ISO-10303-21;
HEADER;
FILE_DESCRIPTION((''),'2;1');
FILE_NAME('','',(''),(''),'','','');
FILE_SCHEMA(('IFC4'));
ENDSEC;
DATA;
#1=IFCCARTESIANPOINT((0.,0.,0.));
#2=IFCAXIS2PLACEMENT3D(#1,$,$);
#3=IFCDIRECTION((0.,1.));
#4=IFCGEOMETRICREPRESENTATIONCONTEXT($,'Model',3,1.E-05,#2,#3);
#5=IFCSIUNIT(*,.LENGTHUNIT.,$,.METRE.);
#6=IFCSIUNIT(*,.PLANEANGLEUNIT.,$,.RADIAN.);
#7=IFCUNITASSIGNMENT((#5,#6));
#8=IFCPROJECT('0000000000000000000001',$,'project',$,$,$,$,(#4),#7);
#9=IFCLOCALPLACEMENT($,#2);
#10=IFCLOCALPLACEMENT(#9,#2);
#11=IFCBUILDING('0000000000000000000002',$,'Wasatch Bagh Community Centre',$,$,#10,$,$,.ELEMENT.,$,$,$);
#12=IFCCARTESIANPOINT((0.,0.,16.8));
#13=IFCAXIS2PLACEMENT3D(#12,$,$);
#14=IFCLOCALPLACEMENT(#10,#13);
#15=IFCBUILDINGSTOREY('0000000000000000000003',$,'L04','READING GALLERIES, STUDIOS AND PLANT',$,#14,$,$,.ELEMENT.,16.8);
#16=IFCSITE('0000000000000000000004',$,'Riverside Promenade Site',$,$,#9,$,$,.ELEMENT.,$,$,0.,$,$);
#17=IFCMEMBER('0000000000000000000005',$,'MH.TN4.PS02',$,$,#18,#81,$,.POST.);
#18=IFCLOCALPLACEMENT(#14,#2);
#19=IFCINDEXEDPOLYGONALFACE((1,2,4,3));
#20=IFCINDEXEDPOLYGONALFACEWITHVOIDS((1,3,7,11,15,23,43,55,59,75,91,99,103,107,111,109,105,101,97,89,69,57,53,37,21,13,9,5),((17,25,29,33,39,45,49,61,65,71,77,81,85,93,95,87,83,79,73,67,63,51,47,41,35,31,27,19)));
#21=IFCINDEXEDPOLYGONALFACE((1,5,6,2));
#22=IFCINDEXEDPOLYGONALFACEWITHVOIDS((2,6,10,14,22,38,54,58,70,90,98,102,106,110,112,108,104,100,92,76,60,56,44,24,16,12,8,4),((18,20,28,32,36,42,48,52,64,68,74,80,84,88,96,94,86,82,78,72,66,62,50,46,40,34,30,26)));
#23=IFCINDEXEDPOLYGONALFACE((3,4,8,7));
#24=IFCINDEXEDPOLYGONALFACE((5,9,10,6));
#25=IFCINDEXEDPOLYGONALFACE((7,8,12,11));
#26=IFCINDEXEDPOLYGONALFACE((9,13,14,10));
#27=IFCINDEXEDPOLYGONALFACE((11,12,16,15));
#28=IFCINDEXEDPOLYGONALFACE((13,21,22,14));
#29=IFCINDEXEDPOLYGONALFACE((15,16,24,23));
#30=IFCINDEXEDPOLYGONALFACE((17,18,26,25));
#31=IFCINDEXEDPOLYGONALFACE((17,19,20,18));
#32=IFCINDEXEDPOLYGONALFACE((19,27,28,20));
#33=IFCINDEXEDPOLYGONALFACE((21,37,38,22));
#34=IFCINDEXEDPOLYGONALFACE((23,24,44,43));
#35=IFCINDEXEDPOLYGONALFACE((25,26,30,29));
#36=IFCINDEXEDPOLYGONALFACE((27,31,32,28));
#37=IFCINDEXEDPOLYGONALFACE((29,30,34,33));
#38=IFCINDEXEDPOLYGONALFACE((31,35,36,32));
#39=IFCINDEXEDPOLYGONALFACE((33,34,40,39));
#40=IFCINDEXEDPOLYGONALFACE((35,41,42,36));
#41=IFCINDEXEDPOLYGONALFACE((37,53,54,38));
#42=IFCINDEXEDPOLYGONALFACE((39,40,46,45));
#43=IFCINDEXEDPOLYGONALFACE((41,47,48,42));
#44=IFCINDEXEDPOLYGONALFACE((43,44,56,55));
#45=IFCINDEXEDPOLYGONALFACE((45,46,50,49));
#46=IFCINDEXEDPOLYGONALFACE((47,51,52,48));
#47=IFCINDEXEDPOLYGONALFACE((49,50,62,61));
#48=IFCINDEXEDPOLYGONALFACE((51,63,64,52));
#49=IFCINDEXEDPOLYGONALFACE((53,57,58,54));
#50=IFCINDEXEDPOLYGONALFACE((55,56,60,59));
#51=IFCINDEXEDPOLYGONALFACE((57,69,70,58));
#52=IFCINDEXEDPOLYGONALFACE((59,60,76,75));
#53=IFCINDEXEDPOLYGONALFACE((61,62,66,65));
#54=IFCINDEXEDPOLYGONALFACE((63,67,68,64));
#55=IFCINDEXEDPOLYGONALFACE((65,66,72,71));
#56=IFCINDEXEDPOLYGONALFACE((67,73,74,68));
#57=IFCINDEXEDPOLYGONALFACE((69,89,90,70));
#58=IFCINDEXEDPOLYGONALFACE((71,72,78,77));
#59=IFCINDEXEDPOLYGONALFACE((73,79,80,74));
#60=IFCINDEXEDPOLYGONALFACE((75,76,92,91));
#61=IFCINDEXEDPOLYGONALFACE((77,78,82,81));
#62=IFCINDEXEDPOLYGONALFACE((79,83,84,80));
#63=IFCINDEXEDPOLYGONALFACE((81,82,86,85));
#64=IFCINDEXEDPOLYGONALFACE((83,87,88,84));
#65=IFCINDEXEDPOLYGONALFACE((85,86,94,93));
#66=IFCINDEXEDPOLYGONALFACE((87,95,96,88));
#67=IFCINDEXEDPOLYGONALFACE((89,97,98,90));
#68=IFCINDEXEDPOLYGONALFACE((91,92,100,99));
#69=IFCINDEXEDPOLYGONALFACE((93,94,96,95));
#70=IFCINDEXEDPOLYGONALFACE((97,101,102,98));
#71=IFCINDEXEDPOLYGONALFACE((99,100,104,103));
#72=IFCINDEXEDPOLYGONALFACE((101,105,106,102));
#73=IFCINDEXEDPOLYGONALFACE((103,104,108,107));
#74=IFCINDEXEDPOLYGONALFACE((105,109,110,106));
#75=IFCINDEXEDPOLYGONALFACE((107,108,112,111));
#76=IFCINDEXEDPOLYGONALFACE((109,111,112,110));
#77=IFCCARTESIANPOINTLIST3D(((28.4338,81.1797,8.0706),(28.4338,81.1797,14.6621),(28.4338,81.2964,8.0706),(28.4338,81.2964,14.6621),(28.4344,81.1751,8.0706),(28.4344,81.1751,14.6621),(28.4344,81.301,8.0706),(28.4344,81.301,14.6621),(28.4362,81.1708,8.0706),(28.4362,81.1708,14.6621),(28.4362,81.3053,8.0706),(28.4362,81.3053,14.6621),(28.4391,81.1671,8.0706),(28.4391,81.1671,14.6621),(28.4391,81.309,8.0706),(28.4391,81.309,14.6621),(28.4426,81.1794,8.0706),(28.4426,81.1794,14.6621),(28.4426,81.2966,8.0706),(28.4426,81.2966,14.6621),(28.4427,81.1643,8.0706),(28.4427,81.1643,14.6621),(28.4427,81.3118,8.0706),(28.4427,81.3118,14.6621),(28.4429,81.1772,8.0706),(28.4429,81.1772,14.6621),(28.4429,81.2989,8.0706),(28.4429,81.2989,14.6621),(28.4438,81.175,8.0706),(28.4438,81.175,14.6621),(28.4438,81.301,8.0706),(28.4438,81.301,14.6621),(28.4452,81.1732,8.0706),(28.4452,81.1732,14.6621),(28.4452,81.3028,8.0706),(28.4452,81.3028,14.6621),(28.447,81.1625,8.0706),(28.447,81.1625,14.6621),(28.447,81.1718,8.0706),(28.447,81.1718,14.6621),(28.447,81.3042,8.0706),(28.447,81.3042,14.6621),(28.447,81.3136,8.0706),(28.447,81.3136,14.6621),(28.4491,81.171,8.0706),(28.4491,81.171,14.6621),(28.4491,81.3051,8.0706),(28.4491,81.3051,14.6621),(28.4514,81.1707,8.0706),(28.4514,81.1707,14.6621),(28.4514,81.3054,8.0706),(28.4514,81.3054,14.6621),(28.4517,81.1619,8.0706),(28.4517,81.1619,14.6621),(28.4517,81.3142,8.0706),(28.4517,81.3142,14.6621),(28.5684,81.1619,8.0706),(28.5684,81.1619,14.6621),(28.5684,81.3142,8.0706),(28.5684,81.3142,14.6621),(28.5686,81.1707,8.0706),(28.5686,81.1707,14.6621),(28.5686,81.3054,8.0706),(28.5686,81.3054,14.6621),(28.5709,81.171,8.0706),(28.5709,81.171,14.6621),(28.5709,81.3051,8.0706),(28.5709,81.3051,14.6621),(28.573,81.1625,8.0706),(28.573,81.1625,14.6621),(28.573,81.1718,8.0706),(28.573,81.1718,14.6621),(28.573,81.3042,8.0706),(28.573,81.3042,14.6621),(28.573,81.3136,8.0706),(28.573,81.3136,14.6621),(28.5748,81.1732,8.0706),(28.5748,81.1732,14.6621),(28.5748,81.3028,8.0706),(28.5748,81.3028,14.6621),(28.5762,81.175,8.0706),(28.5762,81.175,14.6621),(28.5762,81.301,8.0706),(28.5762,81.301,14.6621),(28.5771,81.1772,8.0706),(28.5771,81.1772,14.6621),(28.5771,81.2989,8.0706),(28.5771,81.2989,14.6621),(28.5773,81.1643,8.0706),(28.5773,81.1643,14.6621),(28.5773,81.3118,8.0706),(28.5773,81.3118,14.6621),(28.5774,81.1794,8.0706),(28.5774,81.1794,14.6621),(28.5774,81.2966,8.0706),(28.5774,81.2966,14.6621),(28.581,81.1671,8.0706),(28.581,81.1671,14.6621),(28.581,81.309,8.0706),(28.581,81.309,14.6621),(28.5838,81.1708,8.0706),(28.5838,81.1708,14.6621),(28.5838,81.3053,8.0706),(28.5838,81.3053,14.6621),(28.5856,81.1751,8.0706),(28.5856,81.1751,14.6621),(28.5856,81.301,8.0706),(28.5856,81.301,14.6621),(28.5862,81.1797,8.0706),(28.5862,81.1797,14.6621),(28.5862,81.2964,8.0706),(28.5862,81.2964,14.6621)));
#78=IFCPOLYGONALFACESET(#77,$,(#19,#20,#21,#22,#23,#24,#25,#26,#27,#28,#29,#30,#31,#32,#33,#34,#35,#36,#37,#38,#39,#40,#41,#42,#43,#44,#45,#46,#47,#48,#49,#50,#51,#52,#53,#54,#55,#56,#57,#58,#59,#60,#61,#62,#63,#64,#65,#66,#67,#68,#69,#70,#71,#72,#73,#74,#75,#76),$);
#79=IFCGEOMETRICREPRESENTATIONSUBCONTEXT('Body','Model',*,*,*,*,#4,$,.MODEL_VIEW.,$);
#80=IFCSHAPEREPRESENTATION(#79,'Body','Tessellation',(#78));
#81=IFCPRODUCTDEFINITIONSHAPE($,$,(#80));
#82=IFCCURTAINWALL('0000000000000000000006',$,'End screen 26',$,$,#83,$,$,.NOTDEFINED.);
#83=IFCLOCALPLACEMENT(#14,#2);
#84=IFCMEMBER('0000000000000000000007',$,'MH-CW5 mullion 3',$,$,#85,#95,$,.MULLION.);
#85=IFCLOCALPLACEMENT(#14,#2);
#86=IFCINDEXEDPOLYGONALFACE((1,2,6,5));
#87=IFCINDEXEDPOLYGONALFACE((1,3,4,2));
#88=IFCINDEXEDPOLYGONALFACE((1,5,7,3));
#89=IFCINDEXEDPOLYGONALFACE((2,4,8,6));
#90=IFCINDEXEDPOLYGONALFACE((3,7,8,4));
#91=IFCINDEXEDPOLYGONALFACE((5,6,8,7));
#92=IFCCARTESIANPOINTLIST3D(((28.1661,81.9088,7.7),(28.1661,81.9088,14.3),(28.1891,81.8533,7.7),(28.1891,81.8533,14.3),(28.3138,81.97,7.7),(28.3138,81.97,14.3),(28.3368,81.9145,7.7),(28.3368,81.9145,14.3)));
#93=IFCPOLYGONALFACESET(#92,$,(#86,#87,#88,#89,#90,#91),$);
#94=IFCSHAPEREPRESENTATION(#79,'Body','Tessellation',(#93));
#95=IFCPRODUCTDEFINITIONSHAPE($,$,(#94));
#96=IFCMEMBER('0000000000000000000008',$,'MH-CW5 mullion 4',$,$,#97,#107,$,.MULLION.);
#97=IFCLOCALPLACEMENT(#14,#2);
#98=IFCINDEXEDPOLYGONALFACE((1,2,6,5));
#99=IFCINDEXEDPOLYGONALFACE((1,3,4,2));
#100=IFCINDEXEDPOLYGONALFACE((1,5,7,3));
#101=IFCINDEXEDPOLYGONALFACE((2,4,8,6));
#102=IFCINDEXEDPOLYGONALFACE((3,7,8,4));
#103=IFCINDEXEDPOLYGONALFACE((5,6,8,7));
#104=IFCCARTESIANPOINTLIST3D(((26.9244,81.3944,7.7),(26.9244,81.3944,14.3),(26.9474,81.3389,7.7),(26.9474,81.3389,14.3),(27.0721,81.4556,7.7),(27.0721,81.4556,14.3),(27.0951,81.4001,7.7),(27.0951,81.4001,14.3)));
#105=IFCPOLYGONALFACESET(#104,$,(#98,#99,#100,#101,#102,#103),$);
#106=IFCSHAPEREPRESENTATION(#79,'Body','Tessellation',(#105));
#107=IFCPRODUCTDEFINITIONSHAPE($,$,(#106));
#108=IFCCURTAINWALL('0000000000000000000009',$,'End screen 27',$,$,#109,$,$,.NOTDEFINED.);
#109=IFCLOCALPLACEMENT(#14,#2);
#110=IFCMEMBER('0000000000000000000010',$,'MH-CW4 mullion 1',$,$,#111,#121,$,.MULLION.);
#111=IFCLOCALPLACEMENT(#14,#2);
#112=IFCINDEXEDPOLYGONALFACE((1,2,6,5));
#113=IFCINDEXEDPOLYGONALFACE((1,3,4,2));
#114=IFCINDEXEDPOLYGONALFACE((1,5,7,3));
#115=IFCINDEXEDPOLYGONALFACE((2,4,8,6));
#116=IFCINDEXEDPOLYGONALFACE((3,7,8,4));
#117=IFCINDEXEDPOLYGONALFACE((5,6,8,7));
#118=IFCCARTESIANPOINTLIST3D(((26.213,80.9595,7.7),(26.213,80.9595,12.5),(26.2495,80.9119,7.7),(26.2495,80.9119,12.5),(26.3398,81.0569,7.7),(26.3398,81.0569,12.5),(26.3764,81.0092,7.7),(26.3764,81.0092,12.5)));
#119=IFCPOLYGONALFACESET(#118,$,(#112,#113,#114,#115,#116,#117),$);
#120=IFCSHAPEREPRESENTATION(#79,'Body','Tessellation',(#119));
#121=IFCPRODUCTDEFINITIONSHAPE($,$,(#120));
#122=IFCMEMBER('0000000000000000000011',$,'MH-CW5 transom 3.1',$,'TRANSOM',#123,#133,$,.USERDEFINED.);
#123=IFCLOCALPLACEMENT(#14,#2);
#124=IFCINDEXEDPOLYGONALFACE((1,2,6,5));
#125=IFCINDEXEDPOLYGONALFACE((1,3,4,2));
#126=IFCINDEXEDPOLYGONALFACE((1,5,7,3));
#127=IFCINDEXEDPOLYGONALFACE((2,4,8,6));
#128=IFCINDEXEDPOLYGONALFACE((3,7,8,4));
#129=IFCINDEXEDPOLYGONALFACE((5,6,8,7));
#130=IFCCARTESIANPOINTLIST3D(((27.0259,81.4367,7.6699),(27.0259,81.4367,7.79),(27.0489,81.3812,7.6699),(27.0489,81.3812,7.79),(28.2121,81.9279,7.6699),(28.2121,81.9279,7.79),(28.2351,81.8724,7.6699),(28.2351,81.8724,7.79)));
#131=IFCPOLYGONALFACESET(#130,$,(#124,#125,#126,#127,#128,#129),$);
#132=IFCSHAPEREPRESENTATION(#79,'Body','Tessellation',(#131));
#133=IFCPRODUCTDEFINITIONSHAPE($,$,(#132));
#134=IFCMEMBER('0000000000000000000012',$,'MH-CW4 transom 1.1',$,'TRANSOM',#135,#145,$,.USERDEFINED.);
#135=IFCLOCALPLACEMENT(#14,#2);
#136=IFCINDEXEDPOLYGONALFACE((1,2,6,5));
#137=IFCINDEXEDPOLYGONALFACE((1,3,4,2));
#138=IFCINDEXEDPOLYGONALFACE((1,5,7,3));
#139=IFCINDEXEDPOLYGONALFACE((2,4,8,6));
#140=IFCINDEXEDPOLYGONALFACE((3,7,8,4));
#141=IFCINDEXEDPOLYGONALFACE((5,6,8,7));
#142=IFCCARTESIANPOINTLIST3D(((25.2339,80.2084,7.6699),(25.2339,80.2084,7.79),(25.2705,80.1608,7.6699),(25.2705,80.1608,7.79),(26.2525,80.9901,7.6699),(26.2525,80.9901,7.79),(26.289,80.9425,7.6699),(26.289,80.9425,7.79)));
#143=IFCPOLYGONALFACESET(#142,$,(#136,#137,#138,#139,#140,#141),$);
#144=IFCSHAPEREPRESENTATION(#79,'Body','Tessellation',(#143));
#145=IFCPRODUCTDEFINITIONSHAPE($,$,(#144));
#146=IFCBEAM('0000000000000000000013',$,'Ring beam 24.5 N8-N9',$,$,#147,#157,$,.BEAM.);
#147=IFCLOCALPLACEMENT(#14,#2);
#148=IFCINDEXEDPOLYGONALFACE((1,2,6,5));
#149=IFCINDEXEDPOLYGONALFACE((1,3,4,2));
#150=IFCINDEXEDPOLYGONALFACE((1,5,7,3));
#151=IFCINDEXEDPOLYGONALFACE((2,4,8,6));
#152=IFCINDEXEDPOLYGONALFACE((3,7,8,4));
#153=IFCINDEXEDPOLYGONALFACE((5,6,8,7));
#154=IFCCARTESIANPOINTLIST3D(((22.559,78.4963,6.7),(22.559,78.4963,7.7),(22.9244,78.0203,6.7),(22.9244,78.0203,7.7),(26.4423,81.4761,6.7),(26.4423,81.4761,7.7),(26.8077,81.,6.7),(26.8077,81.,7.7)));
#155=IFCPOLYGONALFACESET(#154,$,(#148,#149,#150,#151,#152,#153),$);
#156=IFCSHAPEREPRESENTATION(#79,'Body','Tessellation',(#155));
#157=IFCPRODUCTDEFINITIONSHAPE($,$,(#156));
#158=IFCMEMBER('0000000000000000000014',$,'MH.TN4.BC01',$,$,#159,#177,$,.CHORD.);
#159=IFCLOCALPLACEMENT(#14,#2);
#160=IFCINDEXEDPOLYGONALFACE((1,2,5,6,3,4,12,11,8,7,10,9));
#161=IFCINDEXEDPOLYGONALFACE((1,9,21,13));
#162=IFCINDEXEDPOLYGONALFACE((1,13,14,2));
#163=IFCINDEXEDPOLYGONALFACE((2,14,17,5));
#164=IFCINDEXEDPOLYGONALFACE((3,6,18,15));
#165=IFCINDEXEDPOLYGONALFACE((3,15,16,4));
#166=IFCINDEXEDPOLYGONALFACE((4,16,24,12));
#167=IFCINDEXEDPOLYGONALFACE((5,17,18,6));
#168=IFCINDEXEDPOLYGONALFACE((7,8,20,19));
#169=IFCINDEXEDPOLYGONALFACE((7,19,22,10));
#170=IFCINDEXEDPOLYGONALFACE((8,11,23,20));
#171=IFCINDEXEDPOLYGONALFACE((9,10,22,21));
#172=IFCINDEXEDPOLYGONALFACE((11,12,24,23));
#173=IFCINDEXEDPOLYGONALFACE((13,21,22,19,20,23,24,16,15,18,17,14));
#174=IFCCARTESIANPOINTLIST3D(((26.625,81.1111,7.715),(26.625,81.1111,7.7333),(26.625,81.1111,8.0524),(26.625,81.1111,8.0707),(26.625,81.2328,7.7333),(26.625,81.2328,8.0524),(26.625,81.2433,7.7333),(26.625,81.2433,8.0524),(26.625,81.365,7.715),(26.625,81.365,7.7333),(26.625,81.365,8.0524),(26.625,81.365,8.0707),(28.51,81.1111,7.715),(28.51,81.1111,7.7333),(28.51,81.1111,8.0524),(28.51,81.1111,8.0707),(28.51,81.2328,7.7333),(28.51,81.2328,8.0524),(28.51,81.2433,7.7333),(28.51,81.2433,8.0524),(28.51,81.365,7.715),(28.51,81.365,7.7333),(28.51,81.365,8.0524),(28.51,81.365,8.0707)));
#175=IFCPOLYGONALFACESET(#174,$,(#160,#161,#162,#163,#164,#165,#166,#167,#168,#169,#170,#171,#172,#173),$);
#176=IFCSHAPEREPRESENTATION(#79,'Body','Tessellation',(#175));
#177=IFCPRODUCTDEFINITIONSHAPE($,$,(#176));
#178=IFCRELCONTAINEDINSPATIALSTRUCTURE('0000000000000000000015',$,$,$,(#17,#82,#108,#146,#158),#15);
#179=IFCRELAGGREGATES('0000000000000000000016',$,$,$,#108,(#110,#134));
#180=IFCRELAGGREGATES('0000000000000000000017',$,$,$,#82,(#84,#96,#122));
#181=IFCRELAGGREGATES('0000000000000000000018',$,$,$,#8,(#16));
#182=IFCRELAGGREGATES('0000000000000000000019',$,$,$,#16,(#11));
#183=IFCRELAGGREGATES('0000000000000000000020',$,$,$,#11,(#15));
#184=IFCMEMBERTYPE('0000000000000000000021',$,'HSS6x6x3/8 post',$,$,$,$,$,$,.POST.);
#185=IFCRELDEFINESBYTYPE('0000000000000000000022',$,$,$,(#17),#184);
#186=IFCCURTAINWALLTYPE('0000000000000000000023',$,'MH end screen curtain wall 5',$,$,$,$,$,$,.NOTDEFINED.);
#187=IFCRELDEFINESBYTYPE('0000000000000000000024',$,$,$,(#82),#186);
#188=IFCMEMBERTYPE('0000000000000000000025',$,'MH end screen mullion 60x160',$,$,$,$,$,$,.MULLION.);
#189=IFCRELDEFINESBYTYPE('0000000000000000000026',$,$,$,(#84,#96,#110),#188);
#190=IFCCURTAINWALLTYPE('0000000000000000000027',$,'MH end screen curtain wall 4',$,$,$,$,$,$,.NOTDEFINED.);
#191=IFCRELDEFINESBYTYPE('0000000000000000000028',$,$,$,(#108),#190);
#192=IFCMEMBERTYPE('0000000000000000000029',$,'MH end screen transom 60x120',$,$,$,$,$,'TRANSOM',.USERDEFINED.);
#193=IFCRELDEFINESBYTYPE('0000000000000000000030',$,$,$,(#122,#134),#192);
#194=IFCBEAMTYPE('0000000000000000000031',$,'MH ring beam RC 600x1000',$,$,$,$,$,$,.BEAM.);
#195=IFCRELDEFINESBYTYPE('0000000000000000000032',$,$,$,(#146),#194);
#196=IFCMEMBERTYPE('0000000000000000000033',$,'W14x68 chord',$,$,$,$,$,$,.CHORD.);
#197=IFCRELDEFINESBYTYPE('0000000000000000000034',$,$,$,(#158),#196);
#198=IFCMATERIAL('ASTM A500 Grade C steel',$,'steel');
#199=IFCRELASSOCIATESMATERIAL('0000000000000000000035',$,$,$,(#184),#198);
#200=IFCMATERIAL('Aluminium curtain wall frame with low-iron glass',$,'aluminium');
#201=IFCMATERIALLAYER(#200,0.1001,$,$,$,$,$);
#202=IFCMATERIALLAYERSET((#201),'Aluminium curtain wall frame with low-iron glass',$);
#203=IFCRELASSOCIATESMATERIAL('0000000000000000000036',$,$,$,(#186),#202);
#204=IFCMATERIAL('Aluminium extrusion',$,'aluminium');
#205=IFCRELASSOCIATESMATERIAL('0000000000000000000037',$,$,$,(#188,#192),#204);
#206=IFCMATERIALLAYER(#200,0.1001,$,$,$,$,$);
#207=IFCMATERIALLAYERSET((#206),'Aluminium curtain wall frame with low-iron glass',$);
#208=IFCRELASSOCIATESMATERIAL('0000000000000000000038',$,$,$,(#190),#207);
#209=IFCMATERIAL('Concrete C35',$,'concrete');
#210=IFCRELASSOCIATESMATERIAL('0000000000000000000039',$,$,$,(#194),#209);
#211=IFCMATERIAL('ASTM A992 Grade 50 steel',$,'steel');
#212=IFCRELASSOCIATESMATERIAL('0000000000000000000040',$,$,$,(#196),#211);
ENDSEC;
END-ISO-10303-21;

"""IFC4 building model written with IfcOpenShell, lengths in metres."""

from ifc_helpers import new_model, si_unit, direction, frame, origin, origin_2d, place, context, subcontext, project, spatial, rectangle, hollow_rectangle, i_section, extrude, material, layer, layer_set, material_profile, profile_set, type_object, element, aggregate, save


model = new_model("IFC4")

# Units and contexts
model_context = context("Model", 3, precision=1e-05, world=origin(), true_north=direction((0.0, 1.0)))
body_context = subcontext(model_context, "Body", "Model", "MODEL_VIEW")
ifc_project = project(units=[si_unit("LENGTHUNIT", "METRE"), si_unit("PLANEANGLEUNIT", "RADIAN")], contexts=[model_context])

# Site, building, storey
site_placement = place(None, origin())
site = spatial("IfcSite", under=ifc_project, at=site_placement, Name="Riverside Promenade Site", CompositionType="ELEMENT", RefElevation=0.0)
building_placement = place(site_placement, origin())
building = spatial("IfcBuilding", under=site, at=building_placement, Name="Wasatch Bagh Community Centre", CompositionType="ELEMENT")
storey_placement = place(building_placement, frame((0.0, 0.0, 16.8)))
storey = spatial("IfcBuildingStorey", under=building, at=storey_placement, Name="L04", Description="READING GALLERIES, STUDIOS AND PLANT", CompositionType="ELEMENT", Elevation=16.8)

# Member
ifc_material_1 = material(Name="ASTM A500 Grade C steel", Category="steel")
ifc_material_profile_1 = material_profile(ifc_material_1, hollow_rectangle(XDim=0.1523, YDim=0.1523, WallThickness=0.0088, InnerFilletRadius=0.0088, OuterFilletRadius=0.0178, at=origin_2d()), Name="HSS6x6x3/8")
ifc_profile_set_1 = profile_set([ifc_material_profile_1], Name="ASTM A500 Grade C steel")
member_type_1 = type_object("IfcMemberType", Name="HSS6x6x3/8 post", PredefinedType="POST", material=ifc_profile_set_1)
member_1_placement = place(storey_placement, frame((28.51, 81.238, 8.0706), z_axis=(0.0, 0.0, 1.0), x_axis=(1.0, 0.0, 0.0)))
element("IfcMember", 1, at=member_1_placement, inside=storey, type_object=member_type_1, Name="MH.TN4.PS02", PredefinedType="POST", context=body_context, shape_type="SweptSolid", body=[
    extrude(hollow_rectangle(XDim=0.1523, YDim=0.1523, WallThickness=0.0088, InnerFilletRadius=0.0088, OuterFilletRadius=0.0178, at=origin_2d()), origin(), (0.0, 0.0, 1.0), 6.5916),
])

# Curtain wall, members
ifc_material_2 = material(Name="Aluminium curtain wall frame with low-iron glass", Category="aluminium")
ifc_layer_1 = layer(ifc_material_2, 0.1001)
ifc_layer_set_1 = layer_set([ifc_layer_1], Name="Aluminium curtain wall frame with low-iron glass")
curtain_wall_type_1 = type_object("IfcCurtainWallType", Name="MH end screen curtain wall 5", PredefinedType="NOTDEFINED", material=ifc_layer_set_1)
curtain_wall_1_placement = place(storey_placement, origin())
curtain_wall_1 = element("IfcCurtainWall", 2, at=curtain_wall_1_placement, inside=storey, type_object=curtain_wall_type_1, Name="End screen 26", PredefinedType="NOTDEFINED")
ifc_material_3 = material(Name="Aluminium extrusion", Category="aluminium")
ifc_material_profile_2 = material_profile(ifc_material_3, rectangle(XDim=0.0601, YDim=0.1599, at=origin_2d()), Name="AL 60x160")
ifc_profile_set_2 = profile_set([ifc_material_profile_2], Name="Aluminium extrusion")
member_type_2 = type_object("IfcMemberType", Name="MH end screen mullion 60x160", PredefinedType="MULLION", material=ifc_profile_set_2)
member_2_placement = place(storey_placement, frame((28.2515, 81.9116, 7.7), z_axis=(0.0, 0.0, 1.0), x_axis=(0.382683, -0.92388, 0.0)))
member_2 = element("IfcMember", 3, at=member_2_placement, type_object=member_type_2, Name="MH-CW5 mullion 3", PredefinedType="MULLION", context=body_context, shape_type="SweptSolid", body=[
    extrude(rectangle(XDim=0.0601, YDim=0.1599, at=origin_2d()), origin(), (0.0, 0.0, 1.0), 6.6001),
])
member_3_placement = place(storey_placement, frame((27.0098, 81.3972, 7.7), z_axis=(0.0, 0.0, 1.0), x_axis=(0.382683, -0.92388, 0.0)))
member_3 = element("IfcMember", 4, at=member_3_placement, type_object=member_type_2, Name="MH-CW5 mullion 4", PredefinedType="MULLION", context=body_context, shape_type="SweptSolid", body=[
    extrude(rectangle(XDim=0.0601, YDim=0.1599, at=origin_2d()), origin(), (0.0, 0.0, 1.0), 6.6001),
])

# Curtain wall, member
ifc_layer_2 = layer(ifc_material_2, 0.1001)
ifc_layer_set_2 = layer_set([ifc_layer_2], Name="Aluminium curtain wall frame with low-iron glass")
curtain_wall_type_2 = type_object("IfcCurtainWallType", Name="MH end screen curtain wall 4", PredefinedType="NOTDEFINED", material=ifc_layer_set_2)
curtain_wall_2_placement = place(storey_placement, origin())
curtain_wall_2 = element("IfcCurtainWall", 5, at=curtain_wall_2_placement, inside=storey, type_object=curtain_wall_type_2, Name="End screen 27", PredefinedType="NOTDEFINED")
member_4_placement = place(storey_placement, frame((26.2947, 80.9844, 7.7), z_axis=(0.0, 0.0, 1.0), x_axis=(0.608761, -0.793353, 0.0)))
member_4 = element("IfcMember", 6, at=member_4_placement, type_object=member_type_2, Name="MH-CW4 mullion 1", PredefinedType="MULLION", context=body_context, shape_type="SweptSolid", body=[
    extrude(rectangle(XDim=0.0601, YDim=0.1599, at=origin_2d()), origin(), (0.0, 0.0, 1.0), 4.8),
])

# Members
ifc_material_profile_3 = material_profile(ifc_material_3, rectangle(XDim=0.0601, YDim=0.1201, at=origin_2d()), Name="AL 60x120")
ifc_profile_set_3 = profile_set([ifc_material_profile_3], Name="Aluminium extrusion")
member_type_3 = type_object("IfcMemberType", Name="MH end screen transom 60x120", ElementType="TRANSOM", PredefinedType="USERDEFINED", material=ifc_profile_set_3)
member_5_placement = place(storey_placement, frame((28.2236, 81.9001, 7.73), z_axis=(-0.923924, -0.382576, 0.0), x_axis=(0.382576, -0.923924, 0.0)))
member_5 = element("IfcMember", 7, at=member_5_placement, type_object=member_type_3, Name="MH-CW5 transom 3.1", ObjectType="TRANSOM", PredefinedType="USERDEFINED", context=body_context, shape_type="SweptSolid", body=[
    extrude(rectangle(XDim=0.0601, YDim=0.1201, at=origin_2d()), origin(), (0.0, 0.0, 1.0), 1.2839),
])
member_6_placement = place(storey_placement, frame((26.2708, 80.9663, 7.73), z_axis=(-0.793288, -0.608847, 0.0), x_axis=(0.608847, -0.793288, 0.0)))
member_6 = element("IfcMember", 8, at=member_6_placement, type_object=member_type_3, Name="MH-CW4 transom 1.1", ObjectType="TRANSOM", PredefinedType="USERDEFINED", context=body_context, shape_type="SweptSolid", body=[
    extrude(rectangle(XDim=0.0601, YDim=0.1201, at=origin_2d()), origin(), (0.0, 0.0, 1.0), 1.2839),
])
aggregate(curtain_wall_2, [member_4, member_6])

# Beam
ifc_material_4 = material(Name="Concrete C35", Category="concrete")
ifc_material_profile_4 = material_profile(ifc_material_4, rectangle(XDim=0.6001, YDim=1.0, at=origin_2d()), Name="RC 600x1000")
ifc_profile_set_4 = profile_set([ifc_material_profile_4], Name="Concrete C35")
beam_type = type_object("IfcBeamType", Name="MH ring beam RC 600x1000", PredefinedType="BEAM", material=ifc_profile_set_4)
beam_placement = place(storey_placement, frame((26.625, 81.238, 7.2), z_axis=(-0.793356, -0.608758, 0.0), x_axis=(0.608758, -0.793356, 0.0)))
element("IfcBeam", 9, at=beam_placement, inside=storey, type_object=beam_type, Name="Ring beam 24.5 N8-N9", PredefinedType="BEAM", context=body_context, shape_type="SweptSolid", body=[
    extrude(rectangle(XDim=0.6001, YDim=1.0, at=origin_2d()), origin(), (0.0, 0.0, 1.0), 4.8948),
])

# Member
ifc_material_5 = material(Name="ASTM A992 Grade 50 steel", Category="steel")
ifc_material_profile_5 = material_profile(ifc_material_5, i_section(OverallWidth=0.2539, OverallDepth=0.3557, WebThickness=0.0105, FlangeThickness=0.0183, at=origin_2d()), Name="W14x68")
ifc_profile_set_5 = profile_set([ifc_material_profile_5], Name="ASTM A992 Grade 50 steel")
member_type_4 = type_object("IfcMemberType", Name="W14x68 chord", PredefinedType="CHORD", material=ifc_profile_set_5)
for number, where, z_axis, x_axis, name in (
    (10, (26.625, 81.238, 7.8928), (1.0, 0.0, 0.0), (0.0, 1.0, 0.0), "MH.TN4.BC01"),
):
    element("IfcMember", number, at=place(storey_placement, frame(where, z_axis=z_axis, x_axis=x_axis)), inside=storey, type_object=member_type_4, Name=name, PredefinedType="CHORD", context=body_context, shape_type="SweptSolid", body=[
        extrude(i_section(OverallWidth=0.2539, OverallDepth=0.3557, WebThickness=0.0105, FlangeThickness=0.0183, at=origin_2d()), origin(), (0.0, 0.0, 1.0), 1.885),
    ])

aggregate(curtain_wall_1, [member_2, member_3, member_5])

save(model, "model.ifc")
